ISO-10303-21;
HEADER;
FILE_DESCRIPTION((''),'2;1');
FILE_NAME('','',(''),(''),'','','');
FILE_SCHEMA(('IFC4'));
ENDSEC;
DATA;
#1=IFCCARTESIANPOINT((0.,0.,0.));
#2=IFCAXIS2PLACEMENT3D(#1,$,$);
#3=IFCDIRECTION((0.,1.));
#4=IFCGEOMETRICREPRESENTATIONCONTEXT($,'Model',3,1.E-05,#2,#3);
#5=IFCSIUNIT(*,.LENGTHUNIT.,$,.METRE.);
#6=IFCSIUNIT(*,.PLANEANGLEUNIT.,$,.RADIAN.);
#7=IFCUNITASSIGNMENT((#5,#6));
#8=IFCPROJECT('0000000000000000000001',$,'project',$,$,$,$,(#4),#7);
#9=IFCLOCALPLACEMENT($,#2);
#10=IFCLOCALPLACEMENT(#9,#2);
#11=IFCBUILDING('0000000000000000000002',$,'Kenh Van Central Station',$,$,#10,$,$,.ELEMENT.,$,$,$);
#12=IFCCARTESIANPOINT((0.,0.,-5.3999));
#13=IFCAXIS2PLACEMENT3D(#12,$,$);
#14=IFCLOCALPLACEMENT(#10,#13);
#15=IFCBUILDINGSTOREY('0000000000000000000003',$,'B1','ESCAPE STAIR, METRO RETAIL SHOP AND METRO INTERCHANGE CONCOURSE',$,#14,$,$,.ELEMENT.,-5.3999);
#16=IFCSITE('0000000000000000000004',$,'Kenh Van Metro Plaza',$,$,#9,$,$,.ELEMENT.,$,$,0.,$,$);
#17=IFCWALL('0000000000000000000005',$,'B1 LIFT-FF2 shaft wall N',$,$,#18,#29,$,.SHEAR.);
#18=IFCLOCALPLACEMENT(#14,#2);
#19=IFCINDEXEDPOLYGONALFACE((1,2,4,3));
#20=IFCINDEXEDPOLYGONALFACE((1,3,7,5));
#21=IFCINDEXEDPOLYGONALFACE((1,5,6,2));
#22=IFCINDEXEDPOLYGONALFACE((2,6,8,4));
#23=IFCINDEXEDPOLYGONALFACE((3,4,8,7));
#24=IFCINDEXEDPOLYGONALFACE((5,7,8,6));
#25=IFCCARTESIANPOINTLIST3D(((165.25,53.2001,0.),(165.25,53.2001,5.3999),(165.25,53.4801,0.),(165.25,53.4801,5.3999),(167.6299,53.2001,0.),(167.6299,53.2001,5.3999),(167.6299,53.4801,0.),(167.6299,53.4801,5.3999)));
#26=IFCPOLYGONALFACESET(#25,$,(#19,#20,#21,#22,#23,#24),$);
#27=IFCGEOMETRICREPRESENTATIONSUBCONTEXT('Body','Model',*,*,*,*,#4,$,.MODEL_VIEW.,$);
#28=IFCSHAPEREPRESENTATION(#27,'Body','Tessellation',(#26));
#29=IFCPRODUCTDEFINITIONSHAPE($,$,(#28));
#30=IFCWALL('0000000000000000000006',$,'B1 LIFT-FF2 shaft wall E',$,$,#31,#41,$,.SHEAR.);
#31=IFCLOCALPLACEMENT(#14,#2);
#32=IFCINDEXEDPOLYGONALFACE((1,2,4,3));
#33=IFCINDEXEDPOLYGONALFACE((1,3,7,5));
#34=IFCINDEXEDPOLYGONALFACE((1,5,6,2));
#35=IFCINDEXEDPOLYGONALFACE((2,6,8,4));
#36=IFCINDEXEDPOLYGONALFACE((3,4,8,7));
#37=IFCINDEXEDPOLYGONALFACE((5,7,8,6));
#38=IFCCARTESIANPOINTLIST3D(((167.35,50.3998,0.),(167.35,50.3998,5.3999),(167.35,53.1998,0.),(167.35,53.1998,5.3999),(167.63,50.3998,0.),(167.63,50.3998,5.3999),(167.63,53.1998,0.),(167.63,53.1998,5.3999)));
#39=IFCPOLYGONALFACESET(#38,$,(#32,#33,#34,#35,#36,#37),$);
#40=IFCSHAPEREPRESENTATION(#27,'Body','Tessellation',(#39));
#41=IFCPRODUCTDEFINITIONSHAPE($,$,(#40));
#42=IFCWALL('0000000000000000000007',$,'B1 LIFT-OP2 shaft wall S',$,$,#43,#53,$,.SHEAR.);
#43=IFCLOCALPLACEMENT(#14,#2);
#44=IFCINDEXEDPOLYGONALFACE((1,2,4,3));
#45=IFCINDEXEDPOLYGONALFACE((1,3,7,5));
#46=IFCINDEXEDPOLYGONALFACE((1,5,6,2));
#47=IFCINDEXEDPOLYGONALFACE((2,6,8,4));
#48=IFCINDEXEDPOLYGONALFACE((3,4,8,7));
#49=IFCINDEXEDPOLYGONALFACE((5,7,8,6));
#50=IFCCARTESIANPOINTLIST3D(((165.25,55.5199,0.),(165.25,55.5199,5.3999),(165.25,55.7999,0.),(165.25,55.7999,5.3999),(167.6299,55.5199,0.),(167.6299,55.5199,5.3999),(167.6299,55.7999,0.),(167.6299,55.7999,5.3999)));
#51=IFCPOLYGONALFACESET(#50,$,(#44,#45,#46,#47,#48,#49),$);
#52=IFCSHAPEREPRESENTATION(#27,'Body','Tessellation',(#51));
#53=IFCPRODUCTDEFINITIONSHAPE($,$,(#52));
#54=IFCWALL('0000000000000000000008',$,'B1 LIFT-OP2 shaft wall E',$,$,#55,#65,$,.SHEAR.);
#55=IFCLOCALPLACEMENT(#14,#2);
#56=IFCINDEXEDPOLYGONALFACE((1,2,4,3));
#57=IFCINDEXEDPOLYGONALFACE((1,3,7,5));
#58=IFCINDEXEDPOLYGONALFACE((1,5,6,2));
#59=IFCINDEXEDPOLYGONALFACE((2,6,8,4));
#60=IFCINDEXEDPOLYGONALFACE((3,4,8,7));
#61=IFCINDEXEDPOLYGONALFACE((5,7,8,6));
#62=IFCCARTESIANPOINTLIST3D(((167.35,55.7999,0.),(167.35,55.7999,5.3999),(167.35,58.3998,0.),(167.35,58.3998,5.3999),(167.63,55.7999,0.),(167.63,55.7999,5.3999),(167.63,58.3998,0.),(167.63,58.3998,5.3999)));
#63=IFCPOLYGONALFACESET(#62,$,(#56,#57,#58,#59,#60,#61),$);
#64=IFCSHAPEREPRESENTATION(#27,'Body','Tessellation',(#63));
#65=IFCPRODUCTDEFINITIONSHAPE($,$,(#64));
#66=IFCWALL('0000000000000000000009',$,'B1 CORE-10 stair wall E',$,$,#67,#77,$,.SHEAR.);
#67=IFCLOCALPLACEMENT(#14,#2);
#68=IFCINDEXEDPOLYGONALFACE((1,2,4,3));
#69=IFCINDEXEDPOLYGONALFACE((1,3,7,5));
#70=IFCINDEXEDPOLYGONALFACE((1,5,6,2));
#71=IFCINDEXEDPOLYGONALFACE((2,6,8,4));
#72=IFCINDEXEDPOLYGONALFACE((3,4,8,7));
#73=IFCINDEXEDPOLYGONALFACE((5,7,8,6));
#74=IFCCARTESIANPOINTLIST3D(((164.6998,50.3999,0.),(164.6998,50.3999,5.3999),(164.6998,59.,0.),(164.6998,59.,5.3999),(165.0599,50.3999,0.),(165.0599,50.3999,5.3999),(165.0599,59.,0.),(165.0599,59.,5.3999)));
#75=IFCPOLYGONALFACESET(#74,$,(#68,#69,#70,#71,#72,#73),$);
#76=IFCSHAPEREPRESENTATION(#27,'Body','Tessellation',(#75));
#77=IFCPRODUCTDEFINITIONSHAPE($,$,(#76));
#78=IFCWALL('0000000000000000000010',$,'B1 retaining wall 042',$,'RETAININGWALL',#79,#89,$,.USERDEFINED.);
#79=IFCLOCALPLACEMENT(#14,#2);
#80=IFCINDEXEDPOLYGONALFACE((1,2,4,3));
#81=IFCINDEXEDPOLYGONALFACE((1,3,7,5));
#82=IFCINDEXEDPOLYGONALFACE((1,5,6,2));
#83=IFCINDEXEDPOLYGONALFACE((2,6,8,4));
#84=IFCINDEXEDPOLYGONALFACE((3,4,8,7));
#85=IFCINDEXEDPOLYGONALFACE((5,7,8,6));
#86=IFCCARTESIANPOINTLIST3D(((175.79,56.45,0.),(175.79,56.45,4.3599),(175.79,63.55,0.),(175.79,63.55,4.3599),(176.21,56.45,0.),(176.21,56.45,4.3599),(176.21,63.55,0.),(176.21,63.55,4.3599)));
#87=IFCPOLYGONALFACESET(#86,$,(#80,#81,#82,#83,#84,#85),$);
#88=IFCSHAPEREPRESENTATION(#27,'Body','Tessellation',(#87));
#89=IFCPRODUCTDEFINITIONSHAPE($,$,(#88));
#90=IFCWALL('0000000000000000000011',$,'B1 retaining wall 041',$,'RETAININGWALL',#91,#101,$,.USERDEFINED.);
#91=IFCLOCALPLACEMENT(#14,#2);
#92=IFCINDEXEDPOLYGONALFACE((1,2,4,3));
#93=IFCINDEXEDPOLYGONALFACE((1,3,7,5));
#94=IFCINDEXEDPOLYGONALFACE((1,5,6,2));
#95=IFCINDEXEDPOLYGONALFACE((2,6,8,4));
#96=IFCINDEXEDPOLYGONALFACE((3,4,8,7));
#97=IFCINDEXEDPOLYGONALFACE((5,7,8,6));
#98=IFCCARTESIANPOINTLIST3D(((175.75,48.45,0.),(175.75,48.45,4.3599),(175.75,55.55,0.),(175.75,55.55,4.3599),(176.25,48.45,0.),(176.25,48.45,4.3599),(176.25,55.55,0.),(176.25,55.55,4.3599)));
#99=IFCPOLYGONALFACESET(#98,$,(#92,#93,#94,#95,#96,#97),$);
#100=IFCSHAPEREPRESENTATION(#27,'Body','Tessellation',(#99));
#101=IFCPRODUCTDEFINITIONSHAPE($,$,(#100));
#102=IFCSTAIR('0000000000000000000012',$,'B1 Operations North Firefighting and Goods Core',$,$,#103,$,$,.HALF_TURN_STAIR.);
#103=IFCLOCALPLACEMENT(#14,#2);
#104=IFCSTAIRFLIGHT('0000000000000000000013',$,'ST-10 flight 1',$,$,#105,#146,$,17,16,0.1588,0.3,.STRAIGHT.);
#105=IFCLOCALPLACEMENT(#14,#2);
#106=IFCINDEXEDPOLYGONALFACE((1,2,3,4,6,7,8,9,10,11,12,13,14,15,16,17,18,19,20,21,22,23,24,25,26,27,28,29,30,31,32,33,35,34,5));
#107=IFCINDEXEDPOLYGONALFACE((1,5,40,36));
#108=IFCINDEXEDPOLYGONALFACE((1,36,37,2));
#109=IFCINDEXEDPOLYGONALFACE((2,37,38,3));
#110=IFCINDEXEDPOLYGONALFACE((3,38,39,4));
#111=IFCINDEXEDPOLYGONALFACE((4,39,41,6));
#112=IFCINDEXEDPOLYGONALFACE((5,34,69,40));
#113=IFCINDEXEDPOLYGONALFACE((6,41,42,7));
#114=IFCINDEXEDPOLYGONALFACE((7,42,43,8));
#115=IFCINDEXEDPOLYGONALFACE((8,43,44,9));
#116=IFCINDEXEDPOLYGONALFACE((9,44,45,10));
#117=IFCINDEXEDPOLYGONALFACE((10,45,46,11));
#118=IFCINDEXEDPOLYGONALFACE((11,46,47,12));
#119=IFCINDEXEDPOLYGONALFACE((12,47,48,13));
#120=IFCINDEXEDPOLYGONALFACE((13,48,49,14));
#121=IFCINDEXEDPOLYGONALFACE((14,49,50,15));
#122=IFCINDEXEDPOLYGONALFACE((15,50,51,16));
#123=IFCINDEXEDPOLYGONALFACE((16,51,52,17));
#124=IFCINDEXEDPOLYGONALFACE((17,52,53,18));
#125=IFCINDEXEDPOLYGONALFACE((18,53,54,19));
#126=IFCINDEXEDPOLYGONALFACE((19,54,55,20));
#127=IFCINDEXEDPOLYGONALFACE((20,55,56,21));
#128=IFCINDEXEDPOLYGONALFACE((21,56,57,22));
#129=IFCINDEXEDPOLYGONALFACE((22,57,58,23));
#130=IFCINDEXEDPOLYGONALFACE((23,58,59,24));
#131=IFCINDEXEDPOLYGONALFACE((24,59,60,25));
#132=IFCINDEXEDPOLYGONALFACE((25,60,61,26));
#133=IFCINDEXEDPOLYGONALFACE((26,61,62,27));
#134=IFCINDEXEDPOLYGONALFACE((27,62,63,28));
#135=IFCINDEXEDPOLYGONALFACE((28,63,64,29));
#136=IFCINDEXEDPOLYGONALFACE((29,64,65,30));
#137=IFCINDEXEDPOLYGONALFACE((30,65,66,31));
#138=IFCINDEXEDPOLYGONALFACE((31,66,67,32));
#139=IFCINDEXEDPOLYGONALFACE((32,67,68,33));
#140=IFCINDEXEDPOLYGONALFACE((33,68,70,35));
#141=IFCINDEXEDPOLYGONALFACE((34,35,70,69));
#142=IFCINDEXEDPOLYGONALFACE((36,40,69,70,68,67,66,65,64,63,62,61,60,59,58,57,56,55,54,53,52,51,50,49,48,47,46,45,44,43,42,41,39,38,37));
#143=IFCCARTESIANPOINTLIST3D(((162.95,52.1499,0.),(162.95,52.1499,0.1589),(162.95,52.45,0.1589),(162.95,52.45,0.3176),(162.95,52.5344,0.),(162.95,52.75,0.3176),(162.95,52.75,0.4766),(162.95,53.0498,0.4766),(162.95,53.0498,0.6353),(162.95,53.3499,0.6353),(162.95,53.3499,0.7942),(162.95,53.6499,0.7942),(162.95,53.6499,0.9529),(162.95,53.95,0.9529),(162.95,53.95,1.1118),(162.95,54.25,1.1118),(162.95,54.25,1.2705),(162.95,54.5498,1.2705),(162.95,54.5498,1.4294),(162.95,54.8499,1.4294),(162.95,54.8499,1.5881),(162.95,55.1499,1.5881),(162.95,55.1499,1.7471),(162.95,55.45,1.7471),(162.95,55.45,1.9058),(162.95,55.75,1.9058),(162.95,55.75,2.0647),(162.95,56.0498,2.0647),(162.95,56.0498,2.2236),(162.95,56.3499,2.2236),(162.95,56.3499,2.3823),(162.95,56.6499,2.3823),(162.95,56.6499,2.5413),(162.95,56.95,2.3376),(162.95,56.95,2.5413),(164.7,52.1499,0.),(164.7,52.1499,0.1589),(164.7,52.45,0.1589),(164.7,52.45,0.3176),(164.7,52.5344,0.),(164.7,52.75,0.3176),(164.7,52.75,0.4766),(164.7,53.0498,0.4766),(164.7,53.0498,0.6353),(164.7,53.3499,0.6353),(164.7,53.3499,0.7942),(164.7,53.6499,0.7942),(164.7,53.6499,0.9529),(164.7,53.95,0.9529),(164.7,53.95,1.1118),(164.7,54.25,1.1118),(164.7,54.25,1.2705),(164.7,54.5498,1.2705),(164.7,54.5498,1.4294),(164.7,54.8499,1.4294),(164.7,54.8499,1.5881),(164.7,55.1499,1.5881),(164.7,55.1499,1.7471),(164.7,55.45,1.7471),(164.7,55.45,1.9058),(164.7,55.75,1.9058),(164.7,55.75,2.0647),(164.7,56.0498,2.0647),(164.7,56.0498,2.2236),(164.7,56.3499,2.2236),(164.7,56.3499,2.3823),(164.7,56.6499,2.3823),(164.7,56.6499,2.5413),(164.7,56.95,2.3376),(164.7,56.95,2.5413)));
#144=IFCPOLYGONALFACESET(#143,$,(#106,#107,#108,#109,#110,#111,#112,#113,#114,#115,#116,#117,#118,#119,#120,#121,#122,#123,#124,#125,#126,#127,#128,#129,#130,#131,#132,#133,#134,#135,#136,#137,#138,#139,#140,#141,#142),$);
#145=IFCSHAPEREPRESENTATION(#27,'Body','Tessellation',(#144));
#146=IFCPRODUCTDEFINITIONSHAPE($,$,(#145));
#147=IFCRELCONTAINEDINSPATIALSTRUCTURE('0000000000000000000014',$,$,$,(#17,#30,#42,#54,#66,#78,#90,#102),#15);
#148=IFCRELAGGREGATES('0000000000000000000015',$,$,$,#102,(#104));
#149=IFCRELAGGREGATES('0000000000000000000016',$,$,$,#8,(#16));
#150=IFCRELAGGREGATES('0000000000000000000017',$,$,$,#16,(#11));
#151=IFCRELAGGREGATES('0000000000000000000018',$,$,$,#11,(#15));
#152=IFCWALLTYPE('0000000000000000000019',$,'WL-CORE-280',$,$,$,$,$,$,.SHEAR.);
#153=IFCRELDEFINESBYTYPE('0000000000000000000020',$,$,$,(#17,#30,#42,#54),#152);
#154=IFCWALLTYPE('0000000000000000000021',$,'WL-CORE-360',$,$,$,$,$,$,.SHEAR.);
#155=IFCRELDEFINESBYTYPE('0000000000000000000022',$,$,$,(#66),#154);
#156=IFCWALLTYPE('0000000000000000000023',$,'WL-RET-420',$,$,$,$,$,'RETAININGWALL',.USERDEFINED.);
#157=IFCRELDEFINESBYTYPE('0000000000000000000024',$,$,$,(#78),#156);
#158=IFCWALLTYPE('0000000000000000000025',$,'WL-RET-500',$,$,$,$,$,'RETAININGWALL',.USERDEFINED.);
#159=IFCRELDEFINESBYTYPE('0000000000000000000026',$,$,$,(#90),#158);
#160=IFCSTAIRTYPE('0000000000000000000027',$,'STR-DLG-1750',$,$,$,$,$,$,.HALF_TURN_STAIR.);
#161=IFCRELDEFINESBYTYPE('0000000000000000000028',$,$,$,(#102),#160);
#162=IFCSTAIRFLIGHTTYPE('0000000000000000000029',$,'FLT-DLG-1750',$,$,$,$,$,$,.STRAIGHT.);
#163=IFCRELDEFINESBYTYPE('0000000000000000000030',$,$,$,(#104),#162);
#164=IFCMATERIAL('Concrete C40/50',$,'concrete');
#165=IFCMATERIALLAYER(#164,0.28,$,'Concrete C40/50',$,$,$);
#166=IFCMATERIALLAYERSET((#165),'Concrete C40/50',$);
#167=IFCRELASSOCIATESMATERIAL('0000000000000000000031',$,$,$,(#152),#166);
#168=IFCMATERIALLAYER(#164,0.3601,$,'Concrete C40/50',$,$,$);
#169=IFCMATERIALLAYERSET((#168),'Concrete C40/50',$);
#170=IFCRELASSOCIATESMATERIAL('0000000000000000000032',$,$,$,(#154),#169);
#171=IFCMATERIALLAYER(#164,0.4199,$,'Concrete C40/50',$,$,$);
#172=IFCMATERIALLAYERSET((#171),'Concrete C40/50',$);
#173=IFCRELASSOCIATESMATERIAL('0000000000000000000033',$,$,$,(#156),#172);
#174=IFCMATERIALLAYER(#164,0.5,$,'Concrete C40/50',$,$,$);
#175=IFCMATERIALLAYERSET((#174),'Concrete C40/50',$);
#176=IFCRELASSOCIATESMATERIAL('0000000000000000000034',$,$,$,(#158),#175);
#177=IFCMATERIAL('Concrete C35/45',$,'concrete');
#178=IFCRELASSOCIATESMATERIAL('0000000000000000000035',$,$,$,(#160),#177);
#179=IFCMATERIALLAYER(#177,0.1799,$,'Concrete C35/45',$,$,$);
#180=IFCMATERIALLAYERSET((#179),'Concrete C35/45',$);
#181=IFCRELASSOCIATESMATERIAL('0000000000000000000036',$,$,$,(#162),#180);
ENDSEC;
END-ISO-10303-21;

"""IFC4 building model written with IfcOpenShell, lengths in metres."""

from ifc_helpers import new_model, si_unit, direction, frame, frame_2d, origin, place, context, subcontext, project, spatial, polyline, rectangle, outline, extrude, material, layer, layer_set, type_object, element, aggregate, save


model = new_model("IFC4")

# Units and contexts
model_context = context("Model", 3, precision=1e-05, world=origin(), true_north=direction((0.0, 1.0)))
body_context = subcontext(model_context, "Body", "Model", "MODEL_VIEW")
ifc_project = project(units=[si_unit("LENGTHUNIT", "METRE"), si_unit("PLANEANGLEUNIT", "RADIAN")], contexts=[model_context])

# Site, building, storey
site_placement = place(None, origin())
site = spatial("IfcSite", under=ifc_project, at=site_placement, Name="Kenh Van Metro Plaza", CompositionType="ELEMENT", RefElevation=0.0)
building_placement = place(site_placement, origin())
building = spatial("IfcBuilding", under=site, at=building_placement, Name="Kenh Van Central Station", CompositionType="ELEMENT")
storey_placement = place(building_placement, frame((0.0, 0.0, -5.3999)))
storey = spatial("IfcBuildingStorey", under=building, at=storey_placement, Name="B1", Description="ESCAPE STAIR, METRO RETAIL SHOP AND METRO INTERCHANGE CONCOURSE", CompositionType="ELEMENT", Elevation=-5.3999)

# Shared definitions
ifc_material_1 = material(Name="Concrete C40/50", Category="concrete")

# Shared definitions
ifc_material_2 = material(Name="Concrete C35/45", Category="concrete")

# Shared definitions
ifc_layer_1 = layer(ifc_material_1, 0.28, Name="Concrete C40/50")
ifc_layer_set_1 = layer_set([ifc_layer_1], Name="Concrete C40/50")
wall_type_1 = type_object("IfcWallType", Name="WL-CORE-280", PredefinedType="SHEAR", material=ifc_layer_set_1)

# Walls
wall_1_placement = place(storey_placement, frame((165.25, 53.3401, 0.0), z_axis=(0.0, 0.0, 1.0), x_axis=(1.0, 0.0, 0.0)))
element("IfcWall", 1, at=wall_1_placement, inside=storey, type_object=wall_type_1, Name="B1 LIFT-FF2 shaft wall N", PredefinedType="SHEAR", context=body_context, shape_type="SweptSolid", body=[
    extrude(rectangle(XDim=2.3799, YDim=0.28, at=frame_2d((1.1899, 0.0))), origin(), (0.0, 0.0, 1.0), 5.3999),
])
wall_2_placement = place(storey_placement, frame((167.49, 50.3999, 0.0), z_axis=(0.0, 0.0, 1.0), x_axis=(0.0, 1.0, 0.0)))
element("IfcWall", 2, at=wall_2_placement, inside=storey, type_object=wall_type_1, Name="B1 LIFT-FF2 shaft wall E", PredefinedType="SHEAR", context=body_context, shape_type="SweptSolid", body=[
    extrude(rectangle(XDim=2.8, YDim=0.28, at=frame_2d((1.3999, 0.0))), origin(), (0.0, 0.0, 1.0), 5.3999),
])
wall_3_placement = place(storey_placement, frame((165.25, 55.6599, 0.0), z_axis=(0.0, 0.0, 1.0), x_axis=(1.0, 0.0, 0.0)))
element("IfcWall", 3, at=wall_3_placement, inside=storey, type_object=wall_type_1, Name="B1 LIFT-OP2 shaft wall S", PredefinedType="SHEAR", context=body_context, shape_type="SweptSolid", body=[
    extrude(rectangle(XDim=2.3799, YDim=0.28, at=frame_2d((1.1899, 0.0))), origin(), (0.0, 0.0, 1.0), 5.3999),
])
wall_4_placement = place(storey_placement, frame((167.49, 55.8, 0.0), z_axis=(0.0, 0.0, 1.0), x_axis=(0.0, 1.0, 0.0)))
element("IfcWall", 4, at=wall_4_placement, inside=storey, type_object=wall_type_1, Name="B1 LIFT-OP2 shaft wall E", PredefinedType="SHEAR", context=body_context, shape_type="SweptSolid", body=[
    extrude(rectangle(XDim=2.5999, YDim=0.28, at=frame_2d((1.2998, 0.0))), origin(), (0.0, 0.0, 1.0), 5.3999),
])
ifc_layer_2 = layer(ifc_material_1, 0.3601, Name="Concrete C40/50")
ifc_layer_set_2 = layer_set([ifc_layer_2], Name="Concrete C40/50")
wall_type_2 = type_object("IfcWallType", Name="WL-CORE-360", PredefinedType="SHEAR", material=ifc_layer_set_2)
wall_5_placement = place(storey_placement, frame((164.8799, 50.3999, 0.0), z_axis=(0.0, 0.0, 1.0), x_axis=(0.0, 1.0, 0.0)))
element("IfcWall", 5, at=wall_5_placement, inside=storey, type_object=wall_type_2, Name="B1 CORE-10 stair wall E", PredefinedType="SHEAR", context=body_context, shape_type="SweptSolid", body=[
    extrude(rectangle(XDim=8.6001, YDim=0.3601, at=frame_2d((4.3, 0.0))), origin(), (0.0, 0.0, 1.0), 5.3999),
])
ifc_layer_3 = layer(ifc_material_1, 0.4199, Name="Concrete C40/50")
ifc_layer_set_3 = layer_set([ifc_layer_3], Name="Concrete C40/50")
wall_type_3 = type_object("IfcWallType", Name="WL-RET-420", ElementType="RETAININGWALL", PredefinedType="USERDEFINED", material=ifc_layer_set_3)
wall_6_placement = place(storey_placement, frame((176.0, 56.45, 0.0), z_axis=(0.0, 0.0, 1.0), x_axis=(0.0, 1.0, 0.0)))
element("IfcWall", 6, at=wall_6_placement, inside=storey, type_object=wall_type_3, Name="B1 retaining wall 042", ObjectType="RETAININGWALL", PredefinedType="USERDEFINED", context=body_context, shape_type="SweptSolid", body=[
    extrude(rectangle(XDim=7.1001, YDim=0.4199, at=frame_2d((3.55, 0.0))), origin(), (0.0, 0.0, 1.0), 4.3599),
])
ifc_layer_4 = layer(ifc_material_1, 0.5, Name="Concrete C40/50")
ifc_layer_set_4 = layer_set([ifc_layer_4], Name="Concrete C40/50")
wall_type_4 = type_object("IfcWallType", Name="WL-RET-500", ElementType="RETAININGWALL", PredefinedType="USERDEFINED", material=ifc_layer_set_4)
wall_7_placement = place(storey_placement, frame((176.0, 48.45, 0.0), z_axis=(0.0, 0.0, 1.0), x_axis=(0.0, 1.0, 0.0)))
element("IfcWall", 7, at=wall_7_placement, inside=storey, type_object=wall_type_4, Name="B1 retaining wall 041", ObjectType="RETAININGWALL", PredefinedType="USERDEFINED", context=body_context, shape_type="SweptSolid", body=[
    extrude(rectangle(XDim=7.1001, YDim=0.5, at=frame_2d((3.55, 0.0))), origin(), (0.0, 0.0, 1.0), 4.3599),
])

# Stair, stair flight
stair_type = type_object("IfcStairType", Name="STR-DLG-1750", PredefinedType="HALF_TURN_STAIR", material=ifc_material_2)
stair_placement = place(storey_placement, origin())
stair = element("IfcStair", 8, at=stair_placement, inside=storey, type_object=stair_type, Name="B1 Operations North Firefighting and Goods Core", PredefinedType="HALF_TURN_STAIR")
ifc_layer_5 = layer(ifc_material_2, 0.1799, Name="Concrete C35/45")
ifc_layer_set_5 = layer_set([ifc_layer_5], Name="Concrete C35/45")
stair_flight_type = type_object("IfcStairFlightType", Name="FLT-DLG-1750", PredefinedType="STRAIGHT", material=ifc_layer_set_5)
stair_flight_placement = place(storey_placement, frame((163.825, 52.1499, 0.0), z_axis=(0.0, 0.0, 1.0), x_axis=(0.0, 1.0, 0.0)))
stair_flight = element("IfcStairFlight", 9, at=stair_flight_placement, type_object=stair_flight_type, Name="ST-10 flight 1", NumberOfRisers=17, NumberOfTreads=16, PredefinedType="STRAIGHT", RiserHeight=0.1588, TreadLength=0.3, context=body_context, shape_type="SweptSolid", body=[
    extrude(outline(polyline([(0.0, 0.0), (0.0, 0.1589), (0.3, 0.1589), (0.3, 0.3176), (0.6001, 0.3176), (0.6001, 0.4766), (0.8999, 0.4766), (0.8999, 0.6353), (1.2, 0.6353), (1.2, 0.7942), (1.5, 0.7942), (1.5, 0.9529), (1.8, 0.9529), (1.8, 1.1118), (2.1001, 1.1118), (2.1001, 1.2705), (2.3999, 1.2705), (2.3999, 1.4294), (2.7, 1.4294), (2.7, 1.5881), (3.0, 1.5881), (3.0, 1.7471), (3.3, 1.7471), (3.3, 1.9058), (3.6001, 1.9058), (3.6001, 2.0647), (3.8999, 2.0647), (3.8999, 2.2236), (4.2, 2.2236), (4.2, 2.3823), (4.5, 2.3823), (4.5, 2.5413), (4.8, 2.5413), (4.8, 2.7), (4.8, 2.3376), (0.3845, 0.0), (0.0, 0.0)])), frame((0.0, 0.875, 0.0), z_axis=(0.0, -1.0, 0.0), x_axis=(1.0, 0.0, 0.0)), (0.0, 0.0, 1.0), 1.75),
])
aggregate(stair, [stair_flight])

save(model, "model.ifc")
